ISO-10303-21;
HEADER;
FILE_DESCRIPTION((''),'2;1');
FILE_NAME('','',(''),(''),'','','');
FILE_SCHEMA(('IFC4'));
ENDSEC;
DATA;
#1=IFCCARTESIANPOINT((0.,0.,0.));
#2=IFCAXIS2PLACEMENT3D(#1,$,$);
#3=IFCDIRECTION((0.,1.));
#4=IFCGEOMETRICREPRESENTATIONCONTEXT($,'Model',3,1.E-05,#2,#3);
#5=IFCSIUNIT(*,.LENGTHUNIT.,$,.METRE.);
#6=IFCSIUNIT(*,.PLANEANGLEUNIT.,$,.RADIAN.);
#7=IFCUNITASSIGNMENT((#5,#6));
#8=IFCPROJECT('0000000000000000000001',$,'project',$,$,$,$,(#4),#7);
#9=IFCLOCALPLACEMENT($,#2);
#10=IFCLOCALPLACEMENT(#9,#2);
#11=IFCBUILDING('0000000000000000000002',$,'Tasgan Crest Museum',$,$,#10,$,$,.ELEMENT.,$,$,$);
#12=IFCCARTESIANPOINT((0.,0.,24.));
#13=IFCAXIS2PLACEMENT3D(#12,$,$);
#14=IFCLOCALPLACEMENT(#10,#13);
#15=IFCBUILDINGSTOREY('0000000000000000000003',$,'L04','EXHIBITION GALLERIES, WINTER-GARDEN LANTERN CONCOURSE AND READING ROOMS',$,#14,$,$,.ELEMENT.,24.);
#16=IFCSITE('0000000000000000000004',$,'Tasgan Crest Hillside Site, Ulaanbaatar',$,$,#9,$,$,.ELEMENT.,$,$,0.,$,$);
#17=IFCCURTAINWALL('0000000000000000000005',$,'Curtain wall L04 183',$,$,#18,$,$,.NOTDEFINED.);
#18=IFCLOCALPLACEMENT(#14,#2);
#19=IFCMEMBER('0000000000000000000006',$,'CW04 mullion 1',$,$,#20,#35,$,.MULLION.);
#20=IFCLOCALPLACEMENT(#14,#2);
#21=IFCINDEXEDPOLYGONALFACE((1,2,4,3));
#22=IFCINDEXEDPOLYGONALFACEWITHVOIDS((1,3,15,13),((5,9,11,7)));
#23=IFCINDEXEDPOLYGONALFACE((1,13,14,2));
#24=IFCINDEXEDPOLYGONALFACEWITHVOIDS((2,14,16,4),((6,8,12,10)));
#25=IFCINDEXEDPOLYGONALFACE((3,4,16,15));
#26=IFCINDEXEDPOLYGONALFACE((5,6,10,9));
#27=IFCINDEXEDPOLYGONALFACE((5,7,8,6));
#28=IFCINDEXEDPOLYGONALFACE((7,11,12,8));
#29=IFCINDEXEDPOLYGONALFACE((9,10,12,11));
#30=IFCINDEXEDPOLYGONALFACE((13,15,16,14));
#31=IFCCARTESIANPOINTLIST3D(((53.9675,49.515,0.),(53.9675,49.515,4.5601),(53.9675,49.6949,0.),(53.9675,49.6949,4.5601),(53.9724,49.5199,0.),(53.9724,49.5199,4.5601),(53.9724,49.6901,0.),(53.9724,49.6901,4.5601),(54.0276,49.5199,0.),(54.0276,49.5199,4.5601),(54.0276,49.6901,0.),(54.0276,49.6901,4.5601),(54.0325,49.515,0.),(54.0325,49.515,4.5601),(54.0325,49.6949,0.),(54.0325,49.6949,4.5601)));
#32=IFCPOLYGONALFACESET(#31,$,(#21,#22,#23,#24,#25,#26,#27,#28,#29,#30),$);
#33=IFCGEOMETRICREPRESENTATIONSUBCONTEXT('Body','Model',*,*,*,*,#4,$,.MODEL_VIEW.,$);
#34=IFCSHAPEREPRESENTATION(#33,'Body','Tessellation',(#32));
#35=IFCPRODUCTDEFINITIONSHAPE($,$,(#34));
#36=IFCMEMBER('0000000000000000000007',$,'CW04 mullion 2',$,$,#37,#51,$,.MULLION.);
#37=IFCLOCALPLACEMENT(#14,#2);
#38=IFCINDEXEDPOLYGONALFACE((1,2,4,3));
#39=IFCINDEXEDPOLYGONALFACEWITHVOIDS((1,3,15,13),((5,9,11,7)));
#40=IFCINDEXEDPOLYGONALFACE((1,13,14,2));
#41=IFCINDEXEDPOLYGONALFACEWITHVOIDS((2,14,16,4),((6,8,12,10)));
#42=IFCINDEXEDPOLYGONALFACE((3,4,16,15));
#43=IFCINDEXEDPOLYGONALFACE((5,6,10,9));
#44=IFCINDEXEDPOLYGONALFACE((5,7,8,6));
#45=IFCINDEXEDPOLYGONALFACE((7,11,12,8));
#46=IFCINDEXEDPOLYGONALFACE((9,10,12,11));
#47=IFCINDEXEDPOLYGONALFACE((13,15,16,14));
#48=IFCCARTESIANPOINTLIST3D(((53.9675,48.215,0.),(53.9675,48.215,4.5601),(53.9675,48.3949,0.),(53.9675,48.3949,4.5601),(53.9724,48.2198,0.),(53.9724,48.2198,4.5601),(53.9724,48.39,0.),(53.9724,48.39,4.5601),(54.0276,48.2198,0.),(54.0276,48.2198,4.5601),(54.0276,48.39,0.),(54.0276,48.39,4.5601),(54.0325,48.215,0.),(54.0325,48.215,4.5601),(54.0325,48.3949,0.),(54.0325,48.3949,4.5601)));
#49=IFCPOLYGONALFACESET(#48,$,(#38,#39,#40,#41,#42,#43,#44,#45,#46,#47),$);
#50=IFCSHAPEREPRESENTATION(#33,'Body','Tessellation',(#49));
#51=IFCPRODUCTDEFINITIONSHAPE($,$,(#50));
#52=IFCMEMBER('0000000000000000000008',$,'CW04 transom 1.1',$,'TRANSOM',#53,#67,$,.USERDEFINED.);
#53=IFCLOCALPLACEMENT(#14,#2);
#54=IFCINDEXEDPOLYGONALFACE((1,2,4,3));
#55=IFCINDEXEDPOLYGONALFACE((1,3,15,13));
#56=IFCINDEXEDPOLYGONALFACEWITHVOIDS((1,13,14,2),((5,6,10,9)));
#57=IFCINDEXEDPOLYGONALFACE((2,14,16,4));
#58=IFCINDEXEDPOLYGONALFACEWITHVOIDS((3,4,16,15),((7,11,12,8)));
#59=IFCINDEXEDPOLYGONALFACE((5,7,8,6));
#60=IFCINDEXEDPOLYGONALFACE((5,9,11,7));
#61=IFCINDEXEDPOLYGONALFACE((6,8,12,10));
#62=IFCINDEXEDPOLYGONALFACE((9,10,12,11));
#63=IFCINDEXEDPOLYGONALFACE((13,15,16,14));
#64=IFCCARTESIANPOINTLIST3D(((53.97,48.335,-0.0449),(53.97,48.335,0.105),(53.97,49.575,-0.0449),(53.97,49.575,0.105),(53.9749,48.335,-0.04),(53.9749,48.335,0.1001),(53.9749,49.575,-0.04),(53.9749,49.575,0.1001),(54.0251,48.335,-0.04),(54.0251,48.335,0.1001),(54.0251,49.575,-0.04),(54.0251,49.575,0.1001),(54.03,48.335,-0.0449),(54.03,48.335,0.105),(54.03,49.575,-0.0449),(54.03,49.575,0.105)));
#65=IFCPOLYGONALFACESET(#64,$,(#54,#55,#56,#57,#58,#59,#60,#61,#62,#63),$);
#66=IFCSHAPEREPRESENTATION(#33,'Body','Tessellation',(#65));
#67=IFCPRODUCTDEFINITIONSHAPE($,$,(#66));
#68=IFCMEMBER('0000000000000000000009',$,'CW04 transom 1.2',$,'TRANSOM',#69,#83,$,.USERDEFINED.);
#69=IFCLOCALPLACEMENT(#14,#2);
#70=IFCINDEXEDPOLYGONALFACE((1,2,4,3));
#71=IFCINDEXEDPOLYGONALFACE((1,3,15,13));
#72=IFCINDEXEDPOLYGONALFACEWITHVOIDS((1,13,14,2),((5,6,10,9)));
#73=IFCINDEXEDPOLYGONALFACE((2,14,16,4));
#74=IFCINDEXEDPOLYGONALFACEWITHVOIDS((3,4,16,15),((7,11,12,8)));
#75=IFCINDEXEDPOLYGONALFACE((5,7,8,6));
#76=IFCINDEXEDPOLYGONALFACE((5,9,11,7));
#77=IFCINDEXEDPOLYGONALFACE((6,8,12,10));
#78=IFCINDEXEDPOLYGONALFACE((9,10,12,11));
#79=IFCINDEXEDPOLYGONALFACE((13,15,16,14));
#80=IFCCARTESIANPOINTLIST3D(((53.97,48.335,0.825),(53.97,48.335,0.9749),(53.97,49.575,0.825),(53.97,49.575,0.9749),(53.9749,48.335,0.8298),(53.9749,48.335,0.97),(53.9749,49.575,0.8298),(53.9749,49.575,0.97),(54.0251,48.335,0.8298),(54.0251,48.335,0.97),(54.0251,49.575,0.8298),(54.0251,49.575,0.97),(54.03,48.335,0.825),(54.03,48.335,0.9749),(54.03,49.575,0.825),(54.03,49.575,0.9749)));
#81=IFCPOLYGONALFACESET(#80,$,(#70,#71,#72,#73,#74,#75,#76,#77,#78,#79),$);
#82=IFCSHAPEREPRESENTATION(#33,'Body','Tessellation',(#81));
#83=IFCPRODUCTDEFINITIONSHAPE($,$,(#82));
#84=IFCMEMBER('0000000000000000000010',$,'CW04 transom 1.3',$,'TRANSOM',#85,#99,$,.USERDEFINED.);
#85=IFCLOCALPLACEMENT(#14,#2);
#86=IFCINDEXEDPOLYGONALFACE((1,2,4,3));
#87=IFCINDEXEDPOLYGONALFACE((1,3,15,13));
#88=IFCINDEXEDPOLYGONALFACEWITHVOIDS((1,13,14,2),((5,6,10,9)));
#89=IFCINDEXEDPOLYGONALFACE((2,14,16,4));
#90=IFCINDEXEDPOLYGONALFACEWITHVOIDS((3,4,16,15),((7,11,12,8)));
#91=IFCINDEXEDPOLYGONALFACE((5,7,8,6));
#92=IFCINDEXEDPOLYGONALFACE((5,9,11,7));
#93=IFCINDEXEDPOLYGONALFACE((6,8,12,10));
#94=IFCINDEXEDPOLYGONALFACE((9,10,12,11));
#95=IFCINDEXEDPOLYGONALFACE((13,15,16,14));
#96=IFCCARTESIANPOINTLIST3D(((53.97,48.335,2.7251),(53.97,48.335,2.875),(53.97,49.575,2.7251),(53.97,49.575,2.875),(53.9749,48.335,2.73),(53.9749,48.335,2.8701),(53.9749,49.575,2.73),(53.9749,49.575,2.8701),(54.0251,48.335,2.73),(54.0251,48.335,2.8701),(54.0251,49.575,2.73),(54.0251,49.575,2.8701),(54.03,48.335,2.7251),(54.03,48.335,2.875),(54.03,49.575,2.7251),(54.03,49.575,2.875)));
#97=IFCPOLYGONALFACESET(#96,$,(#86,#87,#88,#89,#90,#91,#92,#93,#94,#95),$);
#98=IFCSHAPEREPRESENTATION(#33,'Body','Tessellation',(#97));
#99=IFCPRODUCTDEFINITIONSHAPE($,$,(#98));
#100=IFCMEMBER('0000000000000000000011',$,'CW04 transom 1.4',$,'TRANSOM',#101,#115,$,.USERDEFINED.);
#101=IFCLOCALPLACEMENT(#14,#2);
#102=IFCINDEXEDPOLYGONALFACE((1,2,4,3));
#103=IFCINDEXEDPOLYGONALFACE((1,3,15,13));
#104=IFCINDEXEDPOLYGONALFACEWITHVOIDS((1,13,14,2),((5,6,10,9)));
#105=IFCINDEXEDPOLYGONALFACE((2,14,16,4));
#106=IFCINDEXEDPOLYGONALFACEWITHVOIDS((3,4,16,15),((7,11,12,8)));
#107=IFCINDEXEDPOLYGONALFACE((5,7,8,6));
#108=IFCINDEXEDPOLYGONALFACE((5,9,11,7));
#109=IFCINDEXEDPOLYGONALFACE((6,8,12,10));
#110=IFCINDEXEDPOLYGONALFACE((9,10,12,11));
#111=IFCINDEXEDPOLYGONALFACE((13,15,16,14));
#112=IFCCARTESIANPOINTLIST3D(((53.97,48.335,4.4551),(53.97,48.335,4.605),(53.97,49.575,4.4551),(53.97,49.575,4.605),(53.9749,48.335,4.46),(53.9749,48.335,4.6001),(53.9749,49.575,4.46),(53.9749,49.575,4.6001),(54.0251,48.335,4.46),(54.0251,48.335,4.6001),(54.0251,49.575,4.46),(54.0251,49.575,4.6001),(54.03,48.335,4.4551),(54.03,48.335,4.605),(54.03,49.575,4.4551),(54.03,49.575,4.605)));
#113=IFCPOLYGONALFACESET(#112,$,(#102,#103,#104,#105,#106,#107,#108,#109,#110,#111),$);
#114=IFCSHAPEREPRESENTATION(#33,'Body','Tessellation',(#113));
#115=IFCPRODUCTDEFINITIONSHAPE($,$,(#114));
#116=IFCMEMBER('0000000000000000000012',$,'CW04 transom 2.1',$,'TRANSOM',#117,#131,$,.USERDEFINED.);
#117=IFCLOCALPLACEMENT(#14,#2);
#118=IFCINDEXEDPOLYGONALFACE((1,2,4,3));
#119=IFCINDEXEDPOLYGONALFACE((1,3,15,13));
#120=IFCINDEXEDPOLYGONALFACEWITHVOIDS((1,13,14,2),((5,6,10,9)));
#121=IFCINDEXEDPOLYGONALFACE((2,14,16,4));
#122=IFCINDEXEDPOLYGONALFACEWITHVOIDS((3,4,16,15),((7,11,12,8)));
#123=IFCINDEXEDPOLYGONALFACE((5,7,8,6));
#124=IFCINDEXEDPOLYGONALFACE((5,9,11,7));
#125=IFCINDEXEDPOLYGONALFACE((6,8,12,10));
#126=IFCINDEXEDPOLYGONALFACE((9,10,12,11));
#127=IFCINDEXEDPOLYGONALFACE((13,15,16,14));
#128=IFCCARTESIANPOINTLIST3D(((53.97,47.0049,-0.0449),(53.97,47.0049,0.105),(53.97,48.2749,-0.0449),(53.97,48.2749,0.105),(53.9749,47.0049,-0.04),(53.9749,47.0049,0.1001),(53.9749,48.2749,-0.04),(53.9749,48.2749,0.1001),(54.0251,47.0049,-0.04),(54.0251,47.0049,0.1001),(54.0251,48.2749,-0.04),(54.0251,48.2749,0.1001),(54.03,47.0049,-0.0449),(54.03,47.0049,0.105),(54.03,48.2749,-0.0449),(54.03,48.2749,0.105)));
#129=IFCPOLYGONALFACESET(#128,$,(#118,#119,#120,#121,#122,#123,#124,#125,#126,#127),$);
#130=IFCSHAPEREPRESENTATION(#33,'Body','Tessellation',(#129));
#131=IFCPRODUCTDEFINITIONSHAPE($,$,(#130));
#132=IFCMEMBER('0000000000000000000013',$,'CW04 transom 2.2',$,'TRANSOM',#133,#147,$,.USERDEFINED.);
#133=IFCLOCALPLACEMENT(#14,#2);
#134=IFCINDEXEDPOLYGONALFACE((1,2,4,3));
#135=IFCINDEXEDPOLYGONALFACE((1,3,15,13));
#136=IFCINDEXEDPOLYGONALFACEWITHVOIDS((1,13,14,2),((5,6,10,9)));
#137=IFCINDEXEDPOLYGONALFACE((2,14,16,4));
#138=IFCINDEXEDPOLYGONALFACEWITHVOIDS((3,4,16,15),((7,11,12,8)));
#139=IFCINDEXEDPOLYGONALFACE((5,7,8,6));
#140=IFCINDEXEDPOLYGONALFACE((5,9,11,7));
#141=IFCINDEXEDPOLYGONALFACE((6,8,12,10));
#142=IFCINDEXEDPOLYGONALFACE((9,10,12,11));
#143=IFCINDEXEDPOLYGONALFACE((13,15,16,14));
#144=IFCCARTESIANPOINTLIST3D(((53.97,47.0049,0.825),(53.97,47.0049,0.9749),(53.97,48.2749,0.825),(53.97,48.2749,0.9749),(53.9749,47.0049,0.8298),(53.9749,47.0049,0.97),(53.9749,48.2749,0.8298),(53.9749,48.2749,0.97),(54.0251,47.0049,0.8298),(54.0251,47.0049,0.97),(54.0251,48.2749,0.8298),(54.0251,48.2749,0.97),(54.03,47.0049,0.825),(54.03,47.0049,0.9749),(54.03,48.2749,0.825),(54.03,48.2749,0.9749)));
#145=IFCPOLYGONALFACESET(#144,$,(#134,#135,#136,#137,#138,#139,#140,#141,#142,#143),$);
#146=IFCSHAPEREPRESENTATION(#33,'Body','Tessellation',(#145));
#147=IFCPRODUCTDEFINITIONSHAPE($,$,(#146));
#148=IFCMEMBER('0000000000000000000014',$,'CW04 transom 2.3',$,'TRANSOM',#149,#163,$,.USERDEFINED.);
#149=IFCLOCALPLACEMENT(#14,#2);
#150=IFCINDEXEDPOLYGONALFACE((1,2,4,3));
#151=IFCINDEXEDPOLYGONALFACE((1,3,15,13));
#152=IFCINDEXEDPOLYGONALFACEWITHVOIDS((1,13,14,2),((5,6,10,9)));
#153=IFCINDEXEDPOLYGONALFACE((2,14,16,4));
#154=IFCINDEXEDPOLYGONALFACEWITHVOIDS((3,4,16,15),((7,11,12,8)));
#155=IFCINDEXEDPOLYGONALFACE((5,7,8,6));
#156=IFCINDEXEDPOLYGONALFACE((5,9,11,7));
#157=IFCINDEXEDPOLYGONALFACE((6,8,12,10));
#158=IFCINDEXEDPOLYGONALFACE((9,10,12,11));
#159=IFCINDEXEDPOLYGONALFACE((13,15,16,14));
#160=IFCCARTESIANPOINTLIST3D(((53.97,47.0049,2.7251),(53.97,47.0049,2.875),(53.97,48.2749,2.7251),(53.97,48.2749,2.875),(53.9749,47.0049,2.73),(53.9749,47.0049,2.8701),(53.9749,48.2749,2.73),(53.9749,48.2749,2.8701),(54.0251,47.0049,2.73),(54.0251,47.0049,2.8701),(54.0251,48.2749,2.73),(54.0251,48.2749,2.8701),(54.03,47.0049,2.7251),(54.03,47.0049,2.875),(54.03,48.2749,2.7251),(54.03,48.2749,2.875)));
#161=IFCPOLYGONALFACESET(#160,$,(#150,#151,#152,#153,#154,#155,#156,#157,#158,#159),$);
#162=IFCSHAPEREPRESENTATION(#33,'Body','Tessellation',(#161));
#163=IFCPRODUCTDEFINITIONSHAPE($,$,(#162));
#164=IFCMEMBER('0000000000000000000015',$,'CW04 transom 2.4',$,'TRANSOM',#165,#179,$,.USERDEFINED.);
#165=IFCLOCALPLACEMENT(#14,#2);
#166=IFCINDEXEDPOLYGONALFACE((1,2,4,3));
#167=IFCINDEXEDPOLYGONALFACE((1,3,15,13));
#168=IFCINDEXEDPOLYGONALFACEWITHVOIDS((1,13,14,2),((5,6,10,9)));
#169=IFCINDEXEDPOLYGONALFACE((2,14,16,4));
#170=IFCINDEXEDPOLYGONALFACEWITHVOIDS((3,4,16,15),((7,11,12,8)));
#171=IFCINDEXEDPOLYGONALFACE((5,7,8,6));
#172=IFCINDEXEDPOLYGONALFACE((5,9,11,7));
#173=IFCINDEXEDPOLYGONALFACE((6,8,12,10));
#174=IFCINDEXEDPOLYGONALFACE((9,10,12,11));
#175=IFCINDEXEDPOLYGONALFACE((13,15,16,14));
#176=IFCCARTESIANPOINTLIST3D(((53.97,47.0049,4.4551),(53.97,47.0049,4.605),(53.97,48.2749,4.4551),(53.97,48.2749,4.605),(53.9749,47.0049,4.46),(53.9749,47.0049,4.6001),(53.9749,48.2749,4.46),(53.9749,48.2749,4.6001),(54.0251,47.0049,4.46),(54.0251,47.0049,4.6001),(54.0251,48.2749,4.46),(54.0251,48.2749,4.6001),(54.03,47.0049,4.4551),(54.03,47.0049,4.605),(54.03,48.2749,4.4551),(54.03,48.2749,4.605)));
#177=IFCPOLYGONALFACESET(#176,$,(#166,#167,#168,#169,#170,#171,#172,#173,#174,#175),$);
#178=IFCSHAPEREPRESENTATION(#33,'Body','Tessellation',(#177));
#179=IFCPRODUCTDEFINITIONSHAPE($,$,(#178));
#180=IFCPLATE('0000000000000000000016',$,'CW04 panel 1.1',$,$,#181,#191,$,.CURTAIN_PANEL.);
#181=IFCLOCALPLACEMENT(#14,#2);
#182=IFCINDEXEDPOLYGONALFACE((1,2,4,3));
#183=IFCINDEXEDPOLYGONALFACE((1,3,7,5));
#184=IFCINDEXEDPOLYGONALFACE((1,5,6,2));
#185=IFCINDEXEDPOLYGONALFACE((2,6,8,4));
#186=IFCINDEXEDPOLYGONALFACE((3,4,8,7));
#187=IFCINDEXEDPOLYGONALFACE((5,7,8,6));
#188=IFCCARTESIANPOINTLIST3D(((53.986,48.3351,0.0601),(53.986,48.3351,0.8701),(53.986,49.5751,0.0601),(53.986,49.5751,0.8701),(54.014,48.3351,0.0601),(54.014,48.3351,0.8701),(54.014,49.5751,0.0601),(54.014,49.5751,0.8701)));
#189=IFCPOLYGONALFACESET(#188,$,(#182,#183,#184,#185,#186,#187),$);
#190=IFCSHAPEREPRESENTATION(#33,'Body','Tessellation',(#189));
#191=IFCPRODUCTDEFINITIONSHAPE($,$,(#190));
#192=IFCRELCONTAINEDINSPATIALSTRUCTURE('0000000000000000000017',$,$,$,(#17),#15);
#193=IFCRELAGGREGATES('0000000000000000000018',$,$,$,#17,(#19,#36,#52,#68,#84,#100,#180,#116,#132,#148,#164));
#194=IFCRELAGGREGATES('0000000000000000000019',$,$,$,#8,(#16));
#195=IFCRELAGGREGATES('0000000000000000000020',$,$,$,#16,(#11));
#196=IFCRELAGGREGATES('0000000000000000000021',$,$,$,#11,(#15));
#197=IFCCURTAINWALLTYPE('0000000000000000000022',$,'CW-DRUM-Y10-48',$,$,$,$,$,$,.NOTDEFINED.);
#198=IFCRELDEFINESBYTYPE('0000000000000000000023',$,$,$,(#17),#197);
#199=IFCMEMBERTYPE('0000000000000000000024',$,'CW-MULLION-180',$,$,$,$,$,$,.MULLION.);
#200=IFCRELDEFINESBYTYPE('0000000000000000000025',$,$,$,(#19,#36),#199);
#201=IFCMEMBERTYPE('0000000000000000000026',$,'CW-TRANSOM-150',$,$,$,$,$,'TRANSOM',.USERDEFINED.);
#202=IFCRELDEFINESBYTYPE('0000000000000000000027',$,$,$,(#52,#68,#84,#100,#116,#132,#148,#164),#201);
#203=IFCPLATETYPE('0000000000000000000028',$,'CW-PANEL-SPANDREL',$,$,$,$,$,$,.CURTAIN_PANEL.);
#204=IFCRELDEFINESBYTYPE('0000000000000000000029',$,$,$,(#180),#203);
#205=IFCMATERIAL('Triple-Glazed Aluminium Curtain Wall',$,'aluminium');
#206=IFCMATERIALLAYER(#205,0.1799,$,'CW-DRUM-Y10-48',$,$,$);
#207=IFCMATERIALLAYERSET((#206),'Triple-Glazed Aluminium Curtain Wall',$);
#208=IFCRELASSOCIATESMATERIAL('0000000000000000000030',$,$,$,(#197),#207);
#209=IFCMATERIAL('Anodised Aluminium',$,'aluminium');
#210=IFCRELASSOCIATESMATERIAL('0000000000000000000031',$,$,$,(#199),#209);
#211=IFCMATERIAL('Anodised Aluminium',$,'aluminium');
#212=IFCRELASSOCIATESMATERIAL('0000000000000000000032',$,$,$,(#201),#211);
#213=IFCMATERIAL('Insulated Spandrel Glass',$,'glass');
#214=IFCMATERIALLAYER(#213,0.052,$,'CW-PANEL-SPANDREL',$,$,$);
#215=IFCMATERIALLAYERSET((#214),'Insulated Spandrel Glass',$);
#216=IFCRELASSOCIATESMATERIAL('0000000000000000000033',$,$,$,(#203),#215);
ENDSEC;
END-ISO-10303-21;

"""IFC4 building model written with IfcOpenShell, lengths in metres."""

from ifc_helpers import new_model, si_unit, direction, frame, origin, origin_2d, place, context, subcontext, project, spatial, rectangle, hollow_rectangle, extrude, material, layer, layer_set, material_profile, profile_set, type_object, element, aggregate, save


model = new_model("IFC4")

# Units and contexts
model_context = context("Model", 3, precision=1e-05, world=origin(), true_north=direction((0.0, 1.0)))
body_context = subcontext(model_context, "Body", "Model", "MODEL_VIEW")
ifc_project = project(units=[si_unit("LENGTHUNIT", "METRE"), si_unit("PLANEANGLEUNIT", "RADIAN")], contexts=[model_context])

# Site, building, storey
site_placement = place(None, origin())
site = spatial("IfcSite", under=ifc_project, at=site_placement, Name="Tasgan Crest Hillside Site, Ulaanbaatar", CompositionType="ELEMENT", RefElevation=0.0)
building_placement = place(site_placement, origin())
building = spatial("IfcBuilding", under=site, at=building_placement, Name="Tasgan Crest Museum", CompositionType="ELEMENT")
storey_placement = place(building_placement, frame((0.0, 0.0, 24.0)))
storey = spatial("IfcBuildingStorey", under=building, at=storey_placement, Name="L04", Description="EXHIBITION GALLERIES, WINTER-GARDEN LANTERN CONCOURSE AND READING ROOMS", CompositionType="ELEMENT", Elevation=24.0)

# Curtain wall, members, plate
ifc_material_1 = material(Name="Triple-Glazed Aluminium Curtain Wall", Category="aluminium")
ifc_layer_1 = layer(ifc_material_1, 0.1799, Name="CW-DRUM-Y10-48")
ifc_layer_set_1 = layer_set([ifc_layer_1], Name="Triple-Glazed Aluminium Curtain Wall")
curtain_wall_type = type_object("IfcCurtainWallType", Name="CW-DRUM-Y10-48", PredefinedType="NOTDEFINED", material=ifc_layer_set_1)
curtain_wall_placement = place(storey_placement, origin())
curtain_wall = element("IfcCurtainWall", 1, at=curtain_wall_placement, inside=storey, type_object=curtain_wall_type, Name="Curtain wall L04 183", PredefinedType="NOTDEFINED")
ifc_material_2 = material(Name="Anodised Aluminium", Category="aluminium")
ifc_material_profile_1 = material_profile(ifc_material_2, hollow_rectangle(XDim=0.0649, YDim=0.1799, WallThickness=0.0049, at=origin_2d()), Name="ALU MULLION 180x65x5")
ifc_profile_set_1 = profile_set([ifc_material_profile_1], Name="Anodised Aluminium")
member_type_1 = type_object("IfcMemberType", Name="CW-MULLION-180", PredefinedType="MULLION", material=ifc_profile_set_1)
member_1_placement = place(storey_placement, frame((54.0, 49.605, 0.0), z_axis=(0.0, 0.0, 1.0), x_axis=(1.0, 0.0, 0.0)))
member_1 = element("IfcMember", 2, at=member_1_placement, type_object=member_type_1, Name="CW04 mullion 1", PredefinedType="MULLION", context=body_context, shape_type="SweptSolid", body=[
    extrude(hollow_rectangle(XDim=0.0649, YDim=0.1799, WallThickness=0.0049, at=origin_2d()), origin(), (0.0, 0.0, 1.0), 4.5601),
])
member_2_placement = place(storey_placement, frame((54.0, 48.3049, 0.0), z_axis=(0.0, 0.0, 1.0), x_axis=(1.0, 0.0, 0.0)))
member_2 = element("IfcMember", 3, at=member_2_placement, type_object=member_type_1, Name="CW04 mullion 2", PredefinedType="MULLION", context=body_context, shape_type="SweptSolid", body=[
    extrude(hollow_rectangle(XDim=0.0649, YDim=0.1799, WallThickness=0.0049, at=origin_2d()), origin(), (0.0, 0.0, 1.0), 4.5601),
])
ifc_material_3 = material(Name="Anodised Aluminium", Category="aluminium")
ifc_material_profile_2 = material_profile(ifc_material_3, hollow_rectangle(XDim=0.0601, YDim=0.1499, WallThickness=0.0049, at=origin_2d()), Name="ALU TRANSOM 150x60x5")
ifc_profile_set_2 = profile_set([ifc_material_profile_2], Name="Anodised Aluminium")
member_type_2 = type_object("IfcMemberType", Name="CW-TRANSOM-150", ElementType="TRANSOM", PredefinedType="USERDEFINED", material=ifc_profile_set_2)
member_3_placement = place(storey_placement, frame((54.0, 49.575, 0.03), z_axis=(0.0, -1.0, 0.0), x_axis=(1.0, 0.0, 0.0)))
member_3 = element("IfcMember", 4, at=member_3_placement, type_object=member_type_2, Name="CW04 transom 1.1", ObjectType="TRANSOM", PredefinedType="USERDEFINED", context=body_context, shape_type="SweptSolid", body=[
    extrude(hollow_rectangle(XDim=0.0601, YDim=0.1499, WallThickness=0.0049, at=origin_2d()), origin(), (0.0, 0.0, 1.0), 1.24),
])
member_4_placement = place(storey_placement, frame((54.0, 49.575, 0.8999), z_axis=(0.0, -1.0, 0.0), x_axis=(1.0, 0.0, 0.0)))
member_4 = element("IfcMember", 5, at=member_4_placement, type_object=member_type_2, Name="CW04 transom 1.2", ObjectType="TRANSOM", PredefinedType="USERDEFINED", context=body_context, shape_type="SweptSolid", body=[
    extrude(hollow_rectangle(XDim=0.0601, YDim=0.1499, WallThickness=0.0049, at=origin_2d()), origin(), (0.0, 0.0, 1.0), 1.24),
])
member_5_placement = place(storey_placement, frame((54.0, 49.575, 2.8), z_axis=(0.0, -1.0, 0.0), x_axis=(1.0, 0.0, 0.0)))
member_5 = element("IfcMember", 6, at=member_5_placement, type_object=member_type_2, Name="CW04 transom 1.3", ObjectType="TRANSOM", PredefinedType="USERDEFINED", context=body_context, shape_type="SweptSolid", body=[
    extrude(hollow_rectangle(XDim=0.0601, YDim=0.1499, WallThickness=0.0049, at=origin_2d()), origin(), (0.0, 0.0, 1.0), 1.24),
])
member_6_placement = place(storey_placement, frame((54.0, 49.575, 4.53), z_axis=(0.0, -1.0, 0.0), x_axis=(1.0, 0.0, 0.0)))
member_6 = element("IfcMember", 7, at=member_6_placement, type_object=member_type_2, Name="CW04 transom 1.4", ObjectType="TRANSOM", PredefinedType="USERDEFINED", context=body_context, shape_type="SweptSolid", body=[
    extrude(hollow_rectangle(XDim=0.0601, YDim=0.1499, WallThickness=0.0049, at=origin_2d()), origin(), (0.0, 0.0, 1.0), 1.24),
])
member_7_placement = place(storey_placement, frame((54.0, 48.2749, 0.03), z_axis=(0.0, -1.0, 0.0), x_axis=(1.0, 0.0, 0.0)))
member_7 = element("IfcMember", 8, at=member_7_placement, type_object=member_type_2, Name="CW04 transom 2.1", ObjectType="TRANSOM", PredefinedType="USERDEFINED", context=body_context, shape_type="SweptSolid", body=[
    extrude(hollow_rectangle(XDim=0.0601, YDim=0.1499, WallThickness=0.0049, at=origin_2d()), origin(), (0.0, 0.0, 1.0), 1.27),
])
member_8_placement = place(storey_placement, frame((54.0, 48.2749, 0.8999), z_axis=(0.0, -1.0, 0.0), x_axis=(1.0, 0.0, 0.0)))
member_8 = element("IfcMember", 9, at=member_8_placement, type_object=member_type_2, Name="CW04 transom 2.2", ObjectType="TRANSOM", PredefinedType="USERDEFINED", context=body_context, shape_type="SweptSolid", body=[
    extrude(hollow_rectangle(XDim=0.0601, YDim=0.1499, WallThickness=0.0049, at=origin_2d()), origin(), (0.0, 0.0, 1.0), 1.27),
])
member_9_placement = place(storey_placement, frame((54.0, 48.2749, 2.8), z_axis=(0.0, -1.0, 0.0), x_axis=(1.0, 0.0, 0.0)))
member_9 = element("IfcMember", 10, at=member_9_placement, type_object=member_type_2, Name="CW04 transom 2.3", ObjectType="TRANSOM", PredefinedType="USERDEFINED", context=body_context, shape_type="SweptSolid", body=[
    extrude(hollow_rectangle(XDim=0.0601, YDim=0.1499, WallThickness=0.0049, at=origin_2d()), origin(), (0.0, 0.0, 1.0), 1.27),
])
member_10_placement = place(storey_placement, frame((54.0, 48.2749, 4.53), z_axis=(0.0, -1.0, 0.0), x_axis=(1.0, 0.0, 0.0)))
member_10 = element("IfcMember", 11, at=member_10_placement, type_object=member_type_2, Name="CW04 transom 2.4", ObjectType="TRANSOM", PredefinedType="USERDEFINED", context=body_context, shape_type="SweptSolid", body=[
    extrude(hollow_rectangle(XDim=0.0601, YDim=0.1499, WallThickness=0.0049, at=origin_2d()), origin(), (0.0, 0.0, 1.0), 1.27),
])
ifc_material_4 = material(Name="Insulated Spandrel Glass", Category="glass")
ifc_layer_2 = layer(ifc_material_4, 0.052, Name="CW-PANEL-SPANDREL")
ifc_layer_set_2 = layer_set([ifc_layer_2], Name="Insulated Spandrel Glass")
plate_type_1 = type_object("IfcPlateType", Name="CW-PANEL-SPANDREL", PredefinedType="CURTAIN_PANEL", material=ifc_layer_set_2)
plate_1_placement = place(storey_placement, frame((54.0, 48.9551, 0.0601), z_axis=(0.0, 0.0, 1.0), x_axis=(0.0, -1.0, 0.0)))
plate_1 = element("IfcPlate", 12, at=plate_1_placement, type_object=plate_type_1, Name="CW04 panel 1.1", PredefinedType="CURTAIN_PANEL", context=body_context, shape_type="SweptSolid", body=[
    extrude(rectangle(XDim=1.24, YDim=0.0281, at=origin_2d()), origin(), (0.0, 0.0, 1.0), 0.8101),
])
aggregate(curtain_wall, [member_1, member_2, member_3, member_4, member_5, member_6, plate_1, member_7, member_8, member_9, member_10])

save(model, "model.ifc")
